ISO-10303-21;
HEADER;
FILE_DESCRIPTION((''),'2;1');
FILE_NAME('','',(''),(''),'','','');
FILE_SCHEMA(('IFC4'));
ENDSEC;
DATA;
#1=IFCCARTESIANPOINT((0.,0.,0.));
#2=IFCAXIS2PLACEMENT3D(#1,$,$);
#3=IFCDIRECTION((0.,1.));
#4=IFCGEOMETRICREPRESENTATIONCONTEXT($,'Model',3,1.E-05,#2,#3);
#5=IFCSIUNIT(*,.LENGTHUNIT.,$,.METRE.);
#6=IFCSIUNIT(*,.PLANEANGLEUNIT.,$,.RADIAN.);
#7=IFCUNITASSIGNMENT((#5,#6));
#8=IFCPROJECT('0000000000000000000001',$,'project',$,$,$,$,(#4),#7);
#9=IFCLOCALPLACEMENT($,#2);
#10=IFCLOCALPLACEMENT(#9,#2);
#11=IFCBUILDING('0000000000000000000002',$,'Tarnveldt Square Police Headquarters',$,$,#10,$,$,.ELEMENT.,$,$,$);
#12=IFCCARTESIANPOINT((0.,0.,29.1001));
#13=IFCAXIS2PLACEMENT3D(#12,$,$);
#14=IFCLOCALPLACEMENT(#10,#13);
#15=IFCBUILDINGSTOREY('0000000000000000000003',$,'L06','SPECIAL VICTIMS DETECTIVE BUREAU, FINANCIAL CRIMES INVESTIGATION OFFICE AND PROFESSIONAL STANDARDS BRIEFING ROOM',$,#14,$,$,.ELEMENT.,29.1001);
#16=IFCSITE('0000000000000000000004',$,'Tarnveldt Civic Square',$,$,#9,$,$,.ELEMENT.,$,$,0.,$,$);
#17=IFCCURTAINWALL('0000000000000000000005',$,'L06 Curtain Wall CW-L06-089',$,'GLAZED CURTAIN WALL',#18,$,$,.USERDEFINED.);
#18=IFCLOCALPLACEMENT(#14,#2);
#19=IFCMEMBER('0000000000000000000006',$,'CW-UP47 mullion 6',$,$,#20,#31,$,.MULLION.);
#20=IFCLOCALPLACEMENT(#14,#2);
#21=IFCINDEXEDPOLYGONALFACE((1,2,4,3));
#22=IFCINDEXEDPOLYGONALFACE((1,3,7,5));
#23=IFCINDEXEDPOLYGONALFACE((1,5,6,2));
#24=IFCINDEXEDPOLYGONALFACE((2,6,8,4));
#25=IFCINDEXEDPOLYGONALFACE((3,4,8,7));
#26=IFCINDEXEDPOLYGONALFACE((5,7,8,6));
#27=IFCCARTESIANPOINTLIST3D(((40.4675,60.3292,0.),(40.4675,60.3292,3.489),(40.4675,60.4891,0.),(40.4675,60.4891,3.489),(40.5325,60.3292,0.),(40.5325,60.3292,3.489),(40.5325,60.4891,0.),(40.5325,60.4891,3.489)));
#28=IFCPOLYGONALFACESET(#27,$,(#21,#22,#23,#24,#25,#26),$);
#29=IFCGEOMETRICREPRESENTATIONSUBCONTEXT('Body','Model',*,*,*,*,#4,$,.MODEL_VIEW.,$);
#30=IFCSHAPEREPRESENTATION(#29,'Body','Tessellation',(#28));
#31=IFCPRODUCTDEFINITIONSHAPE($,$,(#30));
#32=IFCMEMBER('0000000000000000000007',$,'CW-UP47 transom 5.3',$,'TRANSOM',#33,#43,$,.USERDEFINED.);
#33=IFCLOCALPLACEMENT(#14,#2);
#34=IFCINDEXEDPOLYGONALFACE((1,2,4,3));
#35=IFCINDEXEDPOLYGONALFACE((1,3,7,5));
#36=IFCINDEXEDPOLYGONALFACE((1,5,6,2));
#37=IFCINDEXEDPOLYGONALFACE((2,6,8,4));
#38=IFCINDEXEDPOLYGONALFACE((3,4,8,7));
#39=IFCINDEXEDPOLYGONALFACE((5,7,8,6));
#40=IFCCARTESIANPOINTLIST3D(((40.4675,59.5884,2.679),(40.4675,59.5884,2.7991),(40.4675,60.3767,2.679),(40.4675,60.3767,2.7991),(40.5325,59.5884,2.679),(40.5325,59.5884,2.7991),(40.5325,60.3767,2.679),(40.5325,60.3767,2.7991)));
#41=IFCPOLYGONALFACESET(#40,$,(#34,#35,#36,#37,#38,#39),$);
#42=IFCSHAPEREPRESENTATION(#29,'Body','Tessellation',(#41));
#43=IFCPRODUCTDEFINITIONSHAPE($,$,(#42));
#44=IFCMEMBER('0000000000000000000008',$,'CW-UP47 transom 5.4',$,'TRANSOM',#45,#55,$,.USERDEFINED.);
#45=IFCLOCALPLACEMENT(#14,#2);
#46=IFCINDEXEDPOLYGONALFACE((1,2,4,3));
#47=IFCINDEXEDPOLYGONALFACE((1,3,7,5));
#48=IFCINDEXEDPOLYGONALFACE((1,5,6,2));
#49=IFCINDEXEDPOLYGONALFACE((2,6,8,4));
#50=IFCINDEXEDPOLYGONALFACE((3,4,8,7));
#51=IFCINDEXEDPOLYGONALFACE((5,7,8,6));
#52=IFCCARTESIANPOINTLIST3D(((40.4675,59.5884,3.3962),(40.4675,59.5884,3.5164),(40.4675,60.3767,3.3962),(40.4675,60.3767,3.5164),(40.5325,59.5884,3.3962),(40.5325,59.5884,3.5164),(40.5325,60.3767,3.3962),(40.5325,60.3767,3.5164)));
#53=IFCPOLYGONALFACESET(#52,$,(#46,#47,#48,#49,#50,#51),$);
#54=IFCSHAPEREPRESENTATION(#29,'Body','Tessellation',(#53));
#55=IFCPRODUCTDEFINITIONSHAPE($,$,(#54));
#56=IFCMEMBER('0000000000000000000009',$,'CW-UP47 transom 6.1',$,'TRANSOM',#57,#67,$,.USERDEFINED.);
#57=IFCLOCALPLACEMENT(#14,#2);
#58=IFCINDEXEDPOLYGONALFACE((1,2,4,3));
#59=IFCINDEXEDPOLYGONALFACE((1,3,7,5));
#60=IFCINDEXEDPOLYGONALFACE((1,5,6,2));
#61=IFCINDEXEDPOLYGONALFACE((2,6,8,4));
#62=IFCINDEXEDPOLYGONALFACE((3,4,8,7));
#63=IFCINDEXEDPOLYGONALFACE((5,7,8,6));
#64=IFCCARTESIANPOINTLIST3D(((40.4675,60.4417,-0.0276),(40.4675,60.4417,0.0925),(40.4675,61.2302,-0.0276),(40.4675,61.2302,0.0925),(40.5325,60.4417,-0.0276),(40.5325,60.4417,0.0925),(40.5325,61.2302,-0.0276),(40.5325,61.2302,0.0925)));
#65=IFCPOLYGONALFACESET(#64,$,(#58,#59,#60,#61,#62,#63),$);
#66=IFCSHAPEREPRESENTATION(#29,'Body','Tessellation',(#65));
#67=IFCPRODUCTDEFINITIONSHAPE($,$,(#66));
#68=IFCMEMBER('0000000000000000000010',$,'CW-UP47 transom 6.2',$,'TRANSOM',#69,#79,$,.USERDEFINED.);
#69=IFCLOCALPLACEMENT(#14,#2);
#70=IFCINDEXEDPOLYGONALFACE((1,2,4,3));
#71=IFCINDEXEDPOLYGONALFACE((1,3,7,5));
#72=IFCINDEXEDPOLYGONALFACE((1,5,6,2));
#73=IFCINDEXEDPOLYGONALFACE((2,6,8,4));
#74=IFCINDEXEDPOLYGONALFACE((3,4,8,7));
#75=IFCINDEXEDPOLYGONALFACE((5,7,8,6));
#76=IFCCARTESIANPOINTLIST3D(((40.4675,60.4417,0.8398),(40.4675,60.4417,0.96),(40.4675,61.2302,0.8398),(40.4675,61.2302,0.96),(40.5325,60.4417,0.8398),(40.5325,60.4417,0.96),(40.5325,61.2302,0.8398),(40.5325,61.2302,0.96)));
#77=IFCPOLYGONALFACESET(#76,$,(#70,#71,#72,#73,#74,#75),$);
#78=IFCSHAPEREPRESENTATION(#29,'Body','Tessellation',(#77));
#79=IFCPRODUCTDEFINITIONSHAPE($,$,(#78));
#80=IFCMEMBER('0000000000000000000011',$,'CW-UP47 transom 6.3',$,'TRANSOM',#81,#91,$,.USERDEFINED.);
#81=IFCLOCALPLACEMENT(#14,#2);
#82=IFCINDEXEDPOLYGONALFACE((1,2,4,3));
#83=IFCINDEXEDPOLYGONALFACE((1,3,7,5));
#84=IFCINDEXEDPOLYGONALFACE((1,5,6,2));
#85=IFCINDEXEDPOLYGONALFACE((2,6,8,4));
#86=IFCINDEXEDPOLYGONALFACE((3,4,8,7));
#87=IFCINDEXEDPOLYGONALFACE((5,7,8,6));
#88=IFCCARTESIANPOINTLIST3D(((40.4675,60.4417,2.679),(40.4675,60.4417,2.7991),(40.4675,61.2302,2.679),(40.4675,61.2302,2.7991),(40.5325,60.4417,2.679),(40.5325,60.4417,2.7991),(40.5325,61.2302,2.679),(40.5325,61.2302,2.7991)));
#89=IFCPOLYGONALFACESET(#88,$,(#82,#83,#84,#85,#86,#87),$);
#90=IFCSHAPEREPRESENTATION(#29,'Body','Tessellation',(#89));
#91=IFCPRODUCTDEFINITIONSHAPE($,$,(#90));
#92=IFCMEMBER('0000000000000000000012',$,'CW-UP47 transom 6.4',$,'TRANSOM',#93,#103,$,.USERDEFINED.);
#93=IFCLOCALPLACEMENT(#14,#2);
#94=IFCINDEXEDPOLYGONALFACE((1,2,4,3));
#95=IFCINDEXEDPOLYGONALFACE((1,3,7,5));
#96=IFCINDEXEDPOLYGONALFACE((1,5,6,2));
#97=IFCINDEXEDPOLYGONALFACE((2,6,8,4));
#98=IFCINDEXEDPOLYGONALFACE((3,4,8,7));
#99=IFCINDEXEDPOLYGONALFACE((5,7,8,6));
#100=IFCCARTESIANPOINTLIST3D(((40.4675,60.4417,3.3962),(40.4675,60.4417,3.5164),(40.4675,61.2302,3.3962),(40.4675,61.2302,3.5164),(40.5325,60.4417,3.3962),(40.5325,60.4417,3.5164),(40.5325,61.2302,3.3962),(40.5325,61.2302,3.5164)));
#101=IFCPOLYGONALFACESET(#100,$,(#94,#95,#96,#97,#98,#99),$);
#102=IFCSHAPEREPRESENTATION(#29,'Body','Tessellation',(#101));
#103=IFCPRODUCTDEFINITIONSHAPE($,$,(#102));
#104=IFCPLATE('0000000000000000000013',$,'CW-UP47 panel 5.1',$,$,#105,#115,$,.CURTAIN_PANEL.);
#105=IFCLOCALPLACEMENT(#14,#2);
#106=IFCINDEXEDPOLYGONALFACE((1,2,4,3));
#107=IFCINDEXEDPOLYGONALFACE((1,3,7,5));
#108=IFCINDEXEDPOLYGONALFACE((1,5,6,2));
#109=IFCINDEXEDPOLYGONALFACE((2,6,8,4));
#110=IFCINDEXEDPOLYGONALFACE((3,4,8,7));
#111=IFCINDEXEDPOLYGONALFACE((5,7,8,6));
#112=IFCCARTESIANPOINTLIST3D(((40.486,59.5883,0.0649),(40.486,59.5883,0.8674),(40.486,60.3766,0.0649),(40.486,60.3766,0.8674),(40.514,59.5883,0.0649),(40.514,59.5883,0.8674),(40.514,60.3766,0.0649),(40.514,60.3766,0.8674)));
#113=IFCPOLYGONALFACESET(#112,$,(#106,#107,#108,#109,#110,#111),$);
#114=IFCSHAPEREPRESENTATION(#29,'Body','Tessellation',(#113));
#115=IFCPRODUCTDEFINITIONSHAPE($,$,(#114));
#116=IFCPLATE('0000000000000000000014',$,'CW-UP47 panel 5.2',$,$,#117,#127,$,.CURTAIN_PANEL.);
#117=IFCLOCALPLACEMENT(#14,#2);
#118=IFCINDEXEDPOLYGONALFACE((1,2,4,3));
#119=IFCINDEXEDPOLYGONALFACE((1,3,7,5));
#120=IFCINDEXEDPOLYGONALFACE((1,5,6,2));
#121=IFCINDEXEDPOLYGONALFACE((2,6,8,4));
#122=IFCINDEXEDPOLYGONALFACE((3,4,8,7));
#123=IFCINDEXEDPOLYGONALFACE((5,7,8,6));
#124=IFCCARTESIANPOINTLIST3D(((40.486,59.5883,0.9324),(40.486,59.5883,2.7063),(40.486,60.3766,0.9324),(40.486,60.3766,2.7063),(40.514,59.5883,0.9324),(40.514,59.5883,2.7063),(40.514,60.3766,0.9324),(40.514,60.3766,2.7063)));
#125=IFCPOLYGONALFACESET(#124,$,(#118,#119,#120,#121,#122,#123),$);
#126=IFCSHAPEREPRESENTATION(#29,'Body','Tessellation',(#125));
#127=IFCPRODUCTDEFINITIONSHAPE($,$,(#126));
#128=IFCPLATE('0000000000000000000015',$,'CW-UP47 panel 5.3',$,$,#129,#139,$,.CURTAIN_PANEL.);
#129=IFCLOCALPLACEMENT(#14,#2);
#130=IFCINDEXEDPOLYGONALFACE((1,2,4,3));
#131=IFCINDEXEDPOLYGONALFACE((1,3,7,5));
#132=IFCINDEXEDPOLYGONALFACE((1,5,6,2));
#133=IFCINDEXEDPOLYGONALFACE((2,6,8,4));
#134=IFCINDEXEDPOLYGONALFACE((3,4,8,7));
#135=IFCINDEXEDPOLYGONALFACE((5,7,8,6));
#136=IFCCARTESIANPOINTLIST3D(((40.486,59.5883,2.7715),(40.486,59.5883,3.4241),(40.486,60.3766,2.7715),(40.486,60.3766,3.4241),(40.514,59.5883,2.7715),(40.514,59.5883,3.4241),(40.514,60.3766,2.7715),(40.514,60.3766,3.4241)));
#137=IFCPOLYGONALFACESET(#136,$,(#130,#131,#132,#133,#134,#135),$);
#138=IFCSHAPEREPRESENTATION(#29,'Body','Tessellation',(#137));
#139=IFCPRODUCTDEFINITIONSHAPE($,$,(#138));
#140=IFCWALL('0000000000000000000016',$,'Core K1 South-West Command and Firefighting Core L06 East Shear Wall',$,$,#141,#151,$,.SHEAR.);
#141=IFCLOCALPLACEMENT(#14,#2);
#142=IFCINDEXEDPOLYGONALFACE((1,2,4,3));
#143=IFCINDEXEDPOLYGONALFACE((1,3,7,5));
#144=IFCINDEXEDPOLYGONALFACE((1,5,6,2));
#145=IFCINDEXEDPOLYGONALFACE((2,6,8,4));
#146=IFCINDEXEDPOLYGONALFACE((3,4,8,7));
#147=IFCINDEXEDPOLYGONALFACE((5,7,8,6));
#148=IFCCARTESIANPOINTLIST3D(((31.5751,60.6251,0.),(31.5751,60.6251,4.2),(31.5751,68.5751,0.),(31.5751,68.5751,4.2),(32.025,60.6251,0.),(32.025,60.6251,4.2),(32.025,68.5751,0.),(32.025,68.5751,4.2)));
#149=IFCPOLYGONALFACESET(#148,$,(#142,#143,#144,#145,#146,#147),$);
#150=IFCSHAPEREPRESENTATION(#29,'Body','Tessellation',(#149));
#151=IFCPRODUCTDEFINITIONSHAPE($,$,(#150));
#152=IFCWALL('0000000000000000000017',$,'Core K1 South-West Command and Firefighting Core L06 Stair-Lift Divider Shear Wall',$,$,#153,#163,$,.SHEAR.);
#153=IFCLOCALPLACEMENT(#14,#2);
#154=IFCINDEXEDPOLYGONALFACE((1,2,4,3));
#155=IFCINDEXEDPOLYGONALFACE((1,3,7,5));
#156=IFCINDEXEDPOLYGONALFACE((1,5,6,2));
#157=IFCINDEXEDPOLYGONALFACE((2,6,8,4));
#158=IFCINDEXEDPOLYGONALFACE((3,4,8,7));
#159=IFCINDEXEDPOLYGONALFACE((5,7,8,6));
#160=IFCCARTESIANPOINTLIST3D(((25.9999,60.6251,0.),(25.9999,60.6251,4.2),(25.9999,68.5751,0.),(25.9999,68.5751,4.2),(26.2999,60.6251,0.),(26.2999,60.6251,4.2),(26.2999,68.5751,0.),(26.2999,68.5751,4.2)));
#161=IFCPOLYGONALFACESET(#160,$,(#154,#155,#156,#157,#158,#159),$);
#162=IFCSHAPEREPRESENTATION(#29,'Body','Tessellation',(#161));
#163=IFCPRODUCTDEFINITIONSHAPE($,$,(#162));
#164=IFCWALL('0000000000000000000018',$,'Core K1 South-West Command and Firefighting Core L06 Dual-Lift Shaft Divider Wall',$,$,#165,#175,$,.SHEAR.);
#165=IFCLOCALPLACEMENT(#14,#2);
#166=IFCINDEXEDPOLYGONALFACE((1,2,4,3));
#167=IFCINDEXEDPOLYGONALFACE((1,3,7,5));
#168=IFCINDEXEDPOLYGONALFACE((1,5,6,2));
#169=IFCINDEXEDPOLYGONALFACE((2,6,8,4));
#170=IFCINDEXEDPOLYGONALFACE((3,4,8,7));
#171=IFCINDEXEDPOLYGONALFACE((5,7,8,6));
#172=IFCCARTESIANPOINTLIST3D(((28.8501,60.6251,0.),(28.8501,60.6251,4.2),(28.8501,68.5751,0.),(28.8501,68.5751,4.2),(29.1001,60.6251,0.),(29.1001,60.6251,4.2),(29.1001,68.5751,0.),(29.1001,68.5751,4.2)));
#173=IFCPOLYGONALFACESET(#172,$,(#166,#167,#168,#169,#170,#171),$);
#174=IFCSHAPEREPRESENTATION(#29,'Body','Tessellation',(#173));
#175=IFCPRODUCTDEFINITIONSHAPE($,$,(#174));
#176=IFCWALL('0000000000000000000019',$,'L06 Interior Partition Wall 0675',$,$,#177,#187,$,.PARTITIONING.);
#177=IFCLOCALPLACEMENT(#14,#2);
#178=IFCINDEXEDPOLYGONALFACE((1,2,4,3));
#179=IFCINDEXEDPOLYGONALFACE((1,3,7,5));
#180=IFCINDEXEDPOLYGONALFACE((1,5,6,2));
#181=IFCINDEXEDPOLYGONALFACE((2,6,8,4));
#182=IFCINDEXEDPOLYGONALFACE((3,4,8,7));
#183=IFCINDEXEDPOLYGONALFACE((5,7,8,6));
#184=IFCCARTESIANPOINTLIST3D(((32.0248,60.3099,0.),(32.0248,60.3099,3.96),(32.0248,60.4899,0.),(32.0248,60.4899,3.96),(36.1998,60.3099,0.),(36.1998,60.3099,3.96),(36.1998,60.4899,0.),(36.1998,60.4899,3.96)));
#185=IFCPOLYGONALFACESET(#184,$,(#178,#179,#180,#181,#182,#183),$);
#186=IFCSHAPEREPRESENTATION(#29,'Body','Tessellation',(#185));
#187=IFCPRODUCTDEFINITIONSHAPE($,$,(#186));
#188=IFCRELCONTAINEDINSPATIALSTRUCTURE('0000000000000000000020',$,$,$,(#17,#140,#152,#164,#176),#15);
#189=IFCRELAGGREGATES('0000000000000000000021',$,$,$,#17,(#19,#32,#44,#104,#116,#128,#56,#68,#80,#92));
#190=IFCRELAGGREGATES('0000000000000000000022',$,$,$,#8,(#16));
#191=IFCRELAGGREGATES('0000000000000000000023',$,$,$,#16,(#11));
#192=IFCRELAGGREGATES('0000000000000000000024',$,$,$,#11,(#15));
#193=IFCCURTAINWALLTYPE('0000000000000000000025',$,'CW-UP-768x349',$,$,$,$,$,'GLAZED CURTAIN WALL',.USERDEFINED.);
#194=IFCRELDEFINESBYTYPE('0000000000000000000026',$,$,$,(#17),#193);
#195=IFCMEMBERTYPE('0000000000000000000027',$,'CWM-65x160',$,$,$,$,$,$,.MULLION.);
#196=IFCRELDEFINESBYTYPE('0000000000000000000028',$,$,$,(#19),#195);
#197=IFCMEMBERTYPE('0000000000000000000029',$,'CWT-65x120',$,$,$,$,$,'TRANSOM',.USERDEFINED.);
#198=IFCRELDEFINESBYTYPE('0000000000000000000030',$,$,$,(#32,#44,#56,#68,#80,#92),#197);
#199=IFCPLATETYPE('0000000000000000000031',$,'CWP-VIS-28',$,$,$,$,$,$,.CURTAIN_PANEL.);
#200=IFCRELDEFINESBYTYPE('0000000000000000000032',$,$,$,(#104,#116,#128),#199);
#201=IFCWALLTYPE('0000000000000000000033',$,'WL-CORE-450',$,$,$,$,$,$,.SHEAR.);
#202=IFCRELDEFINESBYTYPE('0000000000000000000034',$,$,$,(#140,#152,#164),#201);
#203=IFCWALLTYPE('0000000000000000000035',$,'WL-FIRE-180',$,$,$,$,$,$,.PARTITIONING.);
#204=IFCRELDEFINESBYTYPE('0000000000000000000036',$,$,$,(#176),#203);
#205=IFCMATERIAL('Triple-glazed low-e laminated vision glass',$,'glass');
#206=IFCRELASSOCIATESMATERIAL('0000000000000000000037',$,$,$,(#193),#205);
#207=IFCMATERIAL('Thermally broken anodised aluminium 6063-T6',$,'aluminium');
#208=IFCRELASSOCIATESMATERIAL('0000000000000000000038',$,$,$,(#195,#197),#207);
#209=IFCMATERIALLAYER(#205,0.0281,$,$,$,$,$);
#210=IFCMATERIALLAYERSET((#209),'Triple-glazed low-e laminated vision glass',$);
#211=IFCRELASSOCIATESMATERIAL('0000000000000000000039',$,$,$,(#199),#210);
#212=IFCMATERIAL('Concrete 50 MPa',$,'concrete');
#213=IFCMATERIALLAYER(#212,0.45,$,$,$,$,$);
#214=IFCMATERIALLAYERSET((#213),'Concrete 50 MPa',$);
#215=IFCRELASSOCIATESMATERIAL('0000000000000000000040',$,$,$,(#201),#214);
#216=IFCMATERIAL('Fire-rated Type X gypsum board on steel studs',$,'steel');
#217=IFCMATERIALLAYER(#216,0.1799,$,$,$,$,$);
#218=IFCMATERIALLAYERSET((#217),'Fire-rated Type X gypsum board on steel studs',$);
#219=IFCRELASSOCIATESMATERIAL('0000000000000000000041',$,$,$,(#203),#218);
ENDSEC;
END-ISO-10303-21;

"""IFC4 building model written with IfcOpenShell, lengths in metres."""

from ifc_helpers import new_model, si_unit, direction, frame, frame_2d, origin, origin_2d, place, context, subcontext, project, spatial, rectangle, extrude, material, layer, layer_set, material_profile, profile_set, type_object, element, aggregate, save


model = new_model("IFC4")

# Units and contexts
model_context = context("Model", 3, precision=1e-05, world=origin(), true_north=direction((0.0, 1.0)))
body_context = subcontext(model_context, "Body", "Model", "MODEL_VIEW")
ifc_project = project(units=[si_unit("LENGTHUNIT", "METRE"), si_unit("PLANEANGLEUNIT", "RADIAN")], contexts=[model_context])

# Site, building, storey
site_placement = place(None, origin())
site = spatial("IfcSite", under=ifc_project, at=site_placement, Name="Tarnveldt Civic Square", CompositionType="ELEMENT", RefElevation=0.0)
building_placement = place(site_placement, origin())
building = spatial("IfcBuilding", under=site, at=building_placement, Name="Tarnveldt Square Police Headquarters", CompositionType="ELEMENT")
storey_placement = place(building_placement, frame((0.0, 0.0, 29.1001)))
storey = spatial("IfcBuildingStorey", under=building, at=storey_placement, Name="L06", Description="SPECIAL VICTIMS DETECTIVE BUREAU, FINANCIAL CRIMES INVESTIGATION OFFICE AND PROFESSIONAL STANDARDS BRIEFING ROOM", CompositionType="ELEMENT", Elevation=29.1001)

# Curtain wall, members, plates
ifc_material_1 = material(Name="Triple-glazed low-e laminated vision glass", Category="glass")
curtain_wall_type = type_object("IfcCurtainWallType", Name="CW-UP-768x349", ElementType="GLAZED CURTAIN WALL", PredefinedType="USERDEFINED", material=ifc_material_1)
curtain_wall_placement = place(storey_placement, origin())
curtain_wall = element("IfcCurtainWall", 1, at=curtain_wall_placement, inside=storey, type_object=curtain_wall_type, Name="L06 Curtain Wall CW-L06-089", ObjectType="GLAZED CURTAIN WALL", PredefinedType="USERDEFINED")
ifc_material_2 = material(Name="Thermally broken anodised aluminium 6063-T6", Category="aluminium")
ifc_material_profile_1 = material_profile(ifc_material_2, rectangle(XDim=0.0649, YDim=0.1599, at=origin_2d()), Name="CW-M65x160")
ifc_profile_set_1 = profile_set([ifc_material_profile_1], Name="Thermally broken anodised aluminium 6063-T6")
member_type_1 = type_object("IfcMemberType", Name="CWM-65x160", PredefinedType="MULLION", material=ifc_profile_set_1)
member_1_placement = place(storey_placement, frame((40.5, 60.4092, 0.0), z_axis=(0.0, 0.0, 1.0), x_axis=(-1.0, 0.0, 0.0)))
member_1 = element("IfcMember", 2, at=member_1_placement, type_object=member_type_1, Name="CW-UP47 mullion 6", PredefinedType="MULLION", context=body_context, shape_type="SweptSolid", body=[
    extrude(rectangle(XDim=0.0649, YDim=0.1599, at=origin_2d()), origin(), (0.0, 0.0, 1.0), 3.489),
])
ifc_material_profile_2 = material_profile(ifc_material_2, rectangle(XDim=0.0649, YDim=0.1201, at=origin_2d()), Name="CW-T65x120")
ifc_profile_set_2 = profile_set([ifc_material_profile_2], Name="Thermally broken anodised aluminium 6063-T6")
member_type_2 = type_object("IfcMemberType", Name="CWT-65x120", ElementType="TRANSOM", PredefinedType="USERDEFINED", material=ifc_profile_set_2)
member_2_placement = place(storey_placement, frame((40.5, 59.5884, 2.739), z_axis=(0.0, 1.0, 0.0), x_axis=(-1.0, 0.0, 0.0)))
member_2 = element("IfcMember", 3, at=member_2_placement, type_object=member_type_2, Name="CW-UP47 transom 5.3", ObjectType="TRANSOM", PredefinedType="USERDEFINED", context=body_context, shape_type="SweptSolid", body=[
    extrude(rectangle(XDim=0.0649, YDim=0.1201, at=origin_2d()), origin(), (0.0, 0.0, 1.0), 0.7883),
])
member_3_placement = place(storey_placement, frame((40.5, 59.5884, 3.4563), z_axis=(0.0, 1.0, 0.0), x_axis=(-1.0, 0.0, 0.0)))
member_3 = element("IfcMember", 4, at=member_3_placement, type_object=member_type_2, Name="CW-UP47 transom 5.4", ObjectType="TRANSOM", PredefinedType="USERDEFINED", context=body_context, shape_type="SweptSolid", body=[
    extrude(rectangle(XDim=0.0649, YDim=0.1201, at=origin_2d()), origin(), (0.0, 0.0, 1.0), 0.7883),
])
member_4_placement = place(storey_placement, frame((40.5, 60.4417, 0.0325), z_axis=(0.0, 1.0, 0.0), x_axis=(-1.0, 0.0, 0.0)))
member_4 = element("IfcMember", 5, at=member_4_placement, type_object=member_type_2, Name="CW-UP47 transom 6.1", ObjectType="TRANSOM", PredefinedType="USERDEFINED", context=body_context, shape_type="SweptSolid", body=[
    extrude(rectangle(XDim=0.0649, YDim=0.1201, at=origin_2d()), origin(), (0.0, 0.0, 1.0), 0.7886),
])
member_5_placement = place(storey_placement, frame((40.5, 60.4417, 0.8999), z_axis=(0.0, 1.0, 0.0), x_axis=(-1.0, 0.0, 0.0)))
member_5 = element("IfcMember", 6, at=member_5_placement, type_object=member_type_2, Name="CW-UP47 transom 6.2", ObjectType="TRANSOM", PredefinedType="USERDEFINED", context=body_context, shape_type="SweptSolid", body=[
    extrude(rectangle(XDim=0.0649, YDim=0.1201, at=origin_2d()), origin(), (0.0, 0.0, 1.0), 0.7886),
])
member_6_placement = place(storey_placement, frame((40.5, 60.4417, 2.739), z_axis=(0.0, 1.0, 0.0), x_axis=(-1.0, 0.0, 0.0)))
member_6 = element("IfcMember", 7, at=member_6_placement, type_object=member_type_2, Name="CW-UP47 transom 6.3", ObjectType="TRANSOM", PredefinedType="USERDEFINED", context=body_context, shape_type="SweptSolid", body=[
    extrude(rectangle(XDim=0.0649, YDim=0.1201, at=origin_2d()), origin(), (0.0, 0.0, 1.0), 0.7886),
])
member_7_placement = place(storey_placement, frame((40.5, 60.4417, 3.4563), z_axis=(0.0, 1.0, 0.0), x_axis=(-1.0, 0.0, 0.0)))
member_7 = element("IfcMember", 8, at=member_7_placement, type_object=member_type_2, Name="CW-UP47 transom 6.4", ObjectType="TRANSOM", PredefinedType="USERDEFINED", context=body_context, shape_type="SweptSolid", body=[
    extrude(rectangle(XDim=0.0649, YDim=0.1201, at=origin_2d()), origin(), (0.0, 0.0, 1.0), 0.7886),
])
ifc_layer_1 = layer(ifc_material_1, 0.0281)
ifc_layer_set_1 = layer_set([ifc_layer_1], Name="Triple-glazed low-e laminated vision glass")
plate_type = type_object("IfcPlateType", Name="CWP-VIS-28", PredefinedType="CURTAIN_PANEL", material=ifc_layer_set_1)
plate_1_placement = place(storey_placement, frame((40.5, 59.9824, 0.0649), z_axis=(0.0, 0.0, 1.0), x_axis=(0.0, 1.0, 0.0)))
plate_1 = element("IfcPlate", 9, at=plate_1_placement, type_object=plate_type, Name="CW-UP47 panel 5.1", PredefinedType="CURTAIN_PANEL", context=body_context, shape_type="SweptSolid", body=[
    extrude(rectangle(XDim=0.7883, YDim=0.0281, at=origin_2d()), origin(), (0.0, 0.0, 1.0), 0.8025),
])
plate_2_placement = place(storey_placement, frame((40.5, 59.9824, 0.9324), z_axis=(0.0, 0.0, 1.0), x_axis=(0.0, 1.0, 0.0)))
plate_2 = element("IfcPlate", 10, at=plate_2_placement, type_object=plate_type, Name="CW-UP47 panel 5.2", PredefinedType="CURTAIN_PANEL", context=body_context, shape_type="SweptSolid", body=[
    extrude(rectangle(XDim=0.7883, YDim=0.0281, at=origin_2d()), origin(), (0.0, 0.0, 1.0), 1.7739),
])
plate_3_placement = place(storey_placement, frame((40.5, 59.9824, 2.7715), z_axis=(0.0, 0.0, 1.0), x_axis=(0.0, 1.0, 0.0)))
plate_3 = element("IfcPlate", 11, at=plate_3_placement, type_object=plate_type, Name="CW-UP47 panel 5.3", PredefinedType="CURTAIN_PANEL", context=body_context, shape_type="SweptSolid", body=[
    extrude(rectangle(XDim=0.7883, YDim=0.0281, at=origin_2d()), origin(), (0.0, 0.0, 1.0), 0.6526),
])
aggregate(curtain_wall, [member_1, member_2, member_3, plate_1, plate_2, plate_3, member_4, member_5, member_6, member_7])

# Walls
ifc_material_3 = material(Name="Concrete 50 MPa", Category="concrete")
ifc_layer_2 = layer(ifc_material_3, 0.45)
ifc_layer_set_2 = layer_set([ifc_layer_2], Name="Concrete 50 MPa")
wall_type_1 = type_object("IfcWallType", Name="WL-CORE-450", PredefinedType="SHEAR", material=ifc_layer_set_2)
wall_1_placement = place(storey_placement, frame((31.8, 60.625, 0.0), z_axis=(0.0, 0.0, 1.0), x_axis=(0.0, 1.0, 0.0)))
element("IfcWall", 12, at=wall_1_placement, inside=storey, type_object=wall_type_1, Name="Core K1 South-West Command and Firefighting Core L06 East Shear Wall", PredefinedType="SHEAR", context=body_context, shape_type="SweptSolid", body=[
    extrude(rectangle(XDim=7.95, YDim=0.45, at=frame_2d((3.9751, 0.0))), origin(), (0.0, 0.0, 1.0), 4.2),
])
wall_2_placement = place(storey_placement, frame((26.1499, 60.625, 0.0), z_axis=(0.0, 0.0, 1.0), x_axis=(0.0, 1.0, 0.0)))
element("IfcWall", 13, at=wall_2_placement, inside=storey, type_object=wall_type_1, Name="Core K1 South-West Command and Firefighting Core L06 Stair-Lift Divider Shear Wall", PredefinedType="SHEAR", context=body_context, shape_type="SweptSolid", body=[
    extrude(rectangle(XDim=7.95, YDim=0.3, at=frame_2d((3.9751, 0.0))), origin(), (0.0, 0.0, 1.0), 4.2),
])
wall_3_placement = place(storey_placement, frame((28.9751, 60.625, 0.0), z_axis=(0.0, 0.0, 1.0), x_axis=(0.0, 1.0, 0.0)))
element("IfcWall", 14, at=wall_3_placement, inside=storey, type_object=wall_type_1, Name="Core K1 South-West Command and Firefighting Core L06 Dual-Lift Shaft Divider Wall", PredefinedType="SHEAR", context=body_context, shape_type="SweptSolid", body=[
    extrude(rectangle(XDim=7.95, YDim=0.25, at=frame_2d((3.9751, 0.0))), origin(), (0.0, 0.0, 1.0), 4.2),
])
ifc_material_4 = material(Name="Fire-rated Type X gypsum board on steel studs", Category="steel")
ifc_layer_3 = layer(ifc_material_4, 0.1799)
ifc_layer_set_3 = layer_set([ifc_layer_3], Name="Fire-rated Type X gypsum board on steel studs")
wall_type_2 = type_object("IfcWallType", Name="WL-FIRE-180", PredefinedType="PARTITIONING", material=ifc_layer_set_3)
wall_4_placement = place(storey_placement, frame((32.0249, 60.3999, 0.0), z_axis=(0.0, 0.0, 1.0), x_axis=(1.0, 0.0, 0.0)))
element("IfcWall", 15, at=wall_4_placement, inside=storey, type_object=wall_type_2, Name="L06 Interior Partition Wall 0675", PredefinedType="PARTITIONING", context=body_context, shape_type="SweptSolid", body=[
    extrude(rectangle(XDim=4.175, YDim=0.1799, at=frame_2d((2.0874, 0.0))), origin(), (0.0, 0.0, 1.0), 3.96),
])

save(model, "model.ifc")
